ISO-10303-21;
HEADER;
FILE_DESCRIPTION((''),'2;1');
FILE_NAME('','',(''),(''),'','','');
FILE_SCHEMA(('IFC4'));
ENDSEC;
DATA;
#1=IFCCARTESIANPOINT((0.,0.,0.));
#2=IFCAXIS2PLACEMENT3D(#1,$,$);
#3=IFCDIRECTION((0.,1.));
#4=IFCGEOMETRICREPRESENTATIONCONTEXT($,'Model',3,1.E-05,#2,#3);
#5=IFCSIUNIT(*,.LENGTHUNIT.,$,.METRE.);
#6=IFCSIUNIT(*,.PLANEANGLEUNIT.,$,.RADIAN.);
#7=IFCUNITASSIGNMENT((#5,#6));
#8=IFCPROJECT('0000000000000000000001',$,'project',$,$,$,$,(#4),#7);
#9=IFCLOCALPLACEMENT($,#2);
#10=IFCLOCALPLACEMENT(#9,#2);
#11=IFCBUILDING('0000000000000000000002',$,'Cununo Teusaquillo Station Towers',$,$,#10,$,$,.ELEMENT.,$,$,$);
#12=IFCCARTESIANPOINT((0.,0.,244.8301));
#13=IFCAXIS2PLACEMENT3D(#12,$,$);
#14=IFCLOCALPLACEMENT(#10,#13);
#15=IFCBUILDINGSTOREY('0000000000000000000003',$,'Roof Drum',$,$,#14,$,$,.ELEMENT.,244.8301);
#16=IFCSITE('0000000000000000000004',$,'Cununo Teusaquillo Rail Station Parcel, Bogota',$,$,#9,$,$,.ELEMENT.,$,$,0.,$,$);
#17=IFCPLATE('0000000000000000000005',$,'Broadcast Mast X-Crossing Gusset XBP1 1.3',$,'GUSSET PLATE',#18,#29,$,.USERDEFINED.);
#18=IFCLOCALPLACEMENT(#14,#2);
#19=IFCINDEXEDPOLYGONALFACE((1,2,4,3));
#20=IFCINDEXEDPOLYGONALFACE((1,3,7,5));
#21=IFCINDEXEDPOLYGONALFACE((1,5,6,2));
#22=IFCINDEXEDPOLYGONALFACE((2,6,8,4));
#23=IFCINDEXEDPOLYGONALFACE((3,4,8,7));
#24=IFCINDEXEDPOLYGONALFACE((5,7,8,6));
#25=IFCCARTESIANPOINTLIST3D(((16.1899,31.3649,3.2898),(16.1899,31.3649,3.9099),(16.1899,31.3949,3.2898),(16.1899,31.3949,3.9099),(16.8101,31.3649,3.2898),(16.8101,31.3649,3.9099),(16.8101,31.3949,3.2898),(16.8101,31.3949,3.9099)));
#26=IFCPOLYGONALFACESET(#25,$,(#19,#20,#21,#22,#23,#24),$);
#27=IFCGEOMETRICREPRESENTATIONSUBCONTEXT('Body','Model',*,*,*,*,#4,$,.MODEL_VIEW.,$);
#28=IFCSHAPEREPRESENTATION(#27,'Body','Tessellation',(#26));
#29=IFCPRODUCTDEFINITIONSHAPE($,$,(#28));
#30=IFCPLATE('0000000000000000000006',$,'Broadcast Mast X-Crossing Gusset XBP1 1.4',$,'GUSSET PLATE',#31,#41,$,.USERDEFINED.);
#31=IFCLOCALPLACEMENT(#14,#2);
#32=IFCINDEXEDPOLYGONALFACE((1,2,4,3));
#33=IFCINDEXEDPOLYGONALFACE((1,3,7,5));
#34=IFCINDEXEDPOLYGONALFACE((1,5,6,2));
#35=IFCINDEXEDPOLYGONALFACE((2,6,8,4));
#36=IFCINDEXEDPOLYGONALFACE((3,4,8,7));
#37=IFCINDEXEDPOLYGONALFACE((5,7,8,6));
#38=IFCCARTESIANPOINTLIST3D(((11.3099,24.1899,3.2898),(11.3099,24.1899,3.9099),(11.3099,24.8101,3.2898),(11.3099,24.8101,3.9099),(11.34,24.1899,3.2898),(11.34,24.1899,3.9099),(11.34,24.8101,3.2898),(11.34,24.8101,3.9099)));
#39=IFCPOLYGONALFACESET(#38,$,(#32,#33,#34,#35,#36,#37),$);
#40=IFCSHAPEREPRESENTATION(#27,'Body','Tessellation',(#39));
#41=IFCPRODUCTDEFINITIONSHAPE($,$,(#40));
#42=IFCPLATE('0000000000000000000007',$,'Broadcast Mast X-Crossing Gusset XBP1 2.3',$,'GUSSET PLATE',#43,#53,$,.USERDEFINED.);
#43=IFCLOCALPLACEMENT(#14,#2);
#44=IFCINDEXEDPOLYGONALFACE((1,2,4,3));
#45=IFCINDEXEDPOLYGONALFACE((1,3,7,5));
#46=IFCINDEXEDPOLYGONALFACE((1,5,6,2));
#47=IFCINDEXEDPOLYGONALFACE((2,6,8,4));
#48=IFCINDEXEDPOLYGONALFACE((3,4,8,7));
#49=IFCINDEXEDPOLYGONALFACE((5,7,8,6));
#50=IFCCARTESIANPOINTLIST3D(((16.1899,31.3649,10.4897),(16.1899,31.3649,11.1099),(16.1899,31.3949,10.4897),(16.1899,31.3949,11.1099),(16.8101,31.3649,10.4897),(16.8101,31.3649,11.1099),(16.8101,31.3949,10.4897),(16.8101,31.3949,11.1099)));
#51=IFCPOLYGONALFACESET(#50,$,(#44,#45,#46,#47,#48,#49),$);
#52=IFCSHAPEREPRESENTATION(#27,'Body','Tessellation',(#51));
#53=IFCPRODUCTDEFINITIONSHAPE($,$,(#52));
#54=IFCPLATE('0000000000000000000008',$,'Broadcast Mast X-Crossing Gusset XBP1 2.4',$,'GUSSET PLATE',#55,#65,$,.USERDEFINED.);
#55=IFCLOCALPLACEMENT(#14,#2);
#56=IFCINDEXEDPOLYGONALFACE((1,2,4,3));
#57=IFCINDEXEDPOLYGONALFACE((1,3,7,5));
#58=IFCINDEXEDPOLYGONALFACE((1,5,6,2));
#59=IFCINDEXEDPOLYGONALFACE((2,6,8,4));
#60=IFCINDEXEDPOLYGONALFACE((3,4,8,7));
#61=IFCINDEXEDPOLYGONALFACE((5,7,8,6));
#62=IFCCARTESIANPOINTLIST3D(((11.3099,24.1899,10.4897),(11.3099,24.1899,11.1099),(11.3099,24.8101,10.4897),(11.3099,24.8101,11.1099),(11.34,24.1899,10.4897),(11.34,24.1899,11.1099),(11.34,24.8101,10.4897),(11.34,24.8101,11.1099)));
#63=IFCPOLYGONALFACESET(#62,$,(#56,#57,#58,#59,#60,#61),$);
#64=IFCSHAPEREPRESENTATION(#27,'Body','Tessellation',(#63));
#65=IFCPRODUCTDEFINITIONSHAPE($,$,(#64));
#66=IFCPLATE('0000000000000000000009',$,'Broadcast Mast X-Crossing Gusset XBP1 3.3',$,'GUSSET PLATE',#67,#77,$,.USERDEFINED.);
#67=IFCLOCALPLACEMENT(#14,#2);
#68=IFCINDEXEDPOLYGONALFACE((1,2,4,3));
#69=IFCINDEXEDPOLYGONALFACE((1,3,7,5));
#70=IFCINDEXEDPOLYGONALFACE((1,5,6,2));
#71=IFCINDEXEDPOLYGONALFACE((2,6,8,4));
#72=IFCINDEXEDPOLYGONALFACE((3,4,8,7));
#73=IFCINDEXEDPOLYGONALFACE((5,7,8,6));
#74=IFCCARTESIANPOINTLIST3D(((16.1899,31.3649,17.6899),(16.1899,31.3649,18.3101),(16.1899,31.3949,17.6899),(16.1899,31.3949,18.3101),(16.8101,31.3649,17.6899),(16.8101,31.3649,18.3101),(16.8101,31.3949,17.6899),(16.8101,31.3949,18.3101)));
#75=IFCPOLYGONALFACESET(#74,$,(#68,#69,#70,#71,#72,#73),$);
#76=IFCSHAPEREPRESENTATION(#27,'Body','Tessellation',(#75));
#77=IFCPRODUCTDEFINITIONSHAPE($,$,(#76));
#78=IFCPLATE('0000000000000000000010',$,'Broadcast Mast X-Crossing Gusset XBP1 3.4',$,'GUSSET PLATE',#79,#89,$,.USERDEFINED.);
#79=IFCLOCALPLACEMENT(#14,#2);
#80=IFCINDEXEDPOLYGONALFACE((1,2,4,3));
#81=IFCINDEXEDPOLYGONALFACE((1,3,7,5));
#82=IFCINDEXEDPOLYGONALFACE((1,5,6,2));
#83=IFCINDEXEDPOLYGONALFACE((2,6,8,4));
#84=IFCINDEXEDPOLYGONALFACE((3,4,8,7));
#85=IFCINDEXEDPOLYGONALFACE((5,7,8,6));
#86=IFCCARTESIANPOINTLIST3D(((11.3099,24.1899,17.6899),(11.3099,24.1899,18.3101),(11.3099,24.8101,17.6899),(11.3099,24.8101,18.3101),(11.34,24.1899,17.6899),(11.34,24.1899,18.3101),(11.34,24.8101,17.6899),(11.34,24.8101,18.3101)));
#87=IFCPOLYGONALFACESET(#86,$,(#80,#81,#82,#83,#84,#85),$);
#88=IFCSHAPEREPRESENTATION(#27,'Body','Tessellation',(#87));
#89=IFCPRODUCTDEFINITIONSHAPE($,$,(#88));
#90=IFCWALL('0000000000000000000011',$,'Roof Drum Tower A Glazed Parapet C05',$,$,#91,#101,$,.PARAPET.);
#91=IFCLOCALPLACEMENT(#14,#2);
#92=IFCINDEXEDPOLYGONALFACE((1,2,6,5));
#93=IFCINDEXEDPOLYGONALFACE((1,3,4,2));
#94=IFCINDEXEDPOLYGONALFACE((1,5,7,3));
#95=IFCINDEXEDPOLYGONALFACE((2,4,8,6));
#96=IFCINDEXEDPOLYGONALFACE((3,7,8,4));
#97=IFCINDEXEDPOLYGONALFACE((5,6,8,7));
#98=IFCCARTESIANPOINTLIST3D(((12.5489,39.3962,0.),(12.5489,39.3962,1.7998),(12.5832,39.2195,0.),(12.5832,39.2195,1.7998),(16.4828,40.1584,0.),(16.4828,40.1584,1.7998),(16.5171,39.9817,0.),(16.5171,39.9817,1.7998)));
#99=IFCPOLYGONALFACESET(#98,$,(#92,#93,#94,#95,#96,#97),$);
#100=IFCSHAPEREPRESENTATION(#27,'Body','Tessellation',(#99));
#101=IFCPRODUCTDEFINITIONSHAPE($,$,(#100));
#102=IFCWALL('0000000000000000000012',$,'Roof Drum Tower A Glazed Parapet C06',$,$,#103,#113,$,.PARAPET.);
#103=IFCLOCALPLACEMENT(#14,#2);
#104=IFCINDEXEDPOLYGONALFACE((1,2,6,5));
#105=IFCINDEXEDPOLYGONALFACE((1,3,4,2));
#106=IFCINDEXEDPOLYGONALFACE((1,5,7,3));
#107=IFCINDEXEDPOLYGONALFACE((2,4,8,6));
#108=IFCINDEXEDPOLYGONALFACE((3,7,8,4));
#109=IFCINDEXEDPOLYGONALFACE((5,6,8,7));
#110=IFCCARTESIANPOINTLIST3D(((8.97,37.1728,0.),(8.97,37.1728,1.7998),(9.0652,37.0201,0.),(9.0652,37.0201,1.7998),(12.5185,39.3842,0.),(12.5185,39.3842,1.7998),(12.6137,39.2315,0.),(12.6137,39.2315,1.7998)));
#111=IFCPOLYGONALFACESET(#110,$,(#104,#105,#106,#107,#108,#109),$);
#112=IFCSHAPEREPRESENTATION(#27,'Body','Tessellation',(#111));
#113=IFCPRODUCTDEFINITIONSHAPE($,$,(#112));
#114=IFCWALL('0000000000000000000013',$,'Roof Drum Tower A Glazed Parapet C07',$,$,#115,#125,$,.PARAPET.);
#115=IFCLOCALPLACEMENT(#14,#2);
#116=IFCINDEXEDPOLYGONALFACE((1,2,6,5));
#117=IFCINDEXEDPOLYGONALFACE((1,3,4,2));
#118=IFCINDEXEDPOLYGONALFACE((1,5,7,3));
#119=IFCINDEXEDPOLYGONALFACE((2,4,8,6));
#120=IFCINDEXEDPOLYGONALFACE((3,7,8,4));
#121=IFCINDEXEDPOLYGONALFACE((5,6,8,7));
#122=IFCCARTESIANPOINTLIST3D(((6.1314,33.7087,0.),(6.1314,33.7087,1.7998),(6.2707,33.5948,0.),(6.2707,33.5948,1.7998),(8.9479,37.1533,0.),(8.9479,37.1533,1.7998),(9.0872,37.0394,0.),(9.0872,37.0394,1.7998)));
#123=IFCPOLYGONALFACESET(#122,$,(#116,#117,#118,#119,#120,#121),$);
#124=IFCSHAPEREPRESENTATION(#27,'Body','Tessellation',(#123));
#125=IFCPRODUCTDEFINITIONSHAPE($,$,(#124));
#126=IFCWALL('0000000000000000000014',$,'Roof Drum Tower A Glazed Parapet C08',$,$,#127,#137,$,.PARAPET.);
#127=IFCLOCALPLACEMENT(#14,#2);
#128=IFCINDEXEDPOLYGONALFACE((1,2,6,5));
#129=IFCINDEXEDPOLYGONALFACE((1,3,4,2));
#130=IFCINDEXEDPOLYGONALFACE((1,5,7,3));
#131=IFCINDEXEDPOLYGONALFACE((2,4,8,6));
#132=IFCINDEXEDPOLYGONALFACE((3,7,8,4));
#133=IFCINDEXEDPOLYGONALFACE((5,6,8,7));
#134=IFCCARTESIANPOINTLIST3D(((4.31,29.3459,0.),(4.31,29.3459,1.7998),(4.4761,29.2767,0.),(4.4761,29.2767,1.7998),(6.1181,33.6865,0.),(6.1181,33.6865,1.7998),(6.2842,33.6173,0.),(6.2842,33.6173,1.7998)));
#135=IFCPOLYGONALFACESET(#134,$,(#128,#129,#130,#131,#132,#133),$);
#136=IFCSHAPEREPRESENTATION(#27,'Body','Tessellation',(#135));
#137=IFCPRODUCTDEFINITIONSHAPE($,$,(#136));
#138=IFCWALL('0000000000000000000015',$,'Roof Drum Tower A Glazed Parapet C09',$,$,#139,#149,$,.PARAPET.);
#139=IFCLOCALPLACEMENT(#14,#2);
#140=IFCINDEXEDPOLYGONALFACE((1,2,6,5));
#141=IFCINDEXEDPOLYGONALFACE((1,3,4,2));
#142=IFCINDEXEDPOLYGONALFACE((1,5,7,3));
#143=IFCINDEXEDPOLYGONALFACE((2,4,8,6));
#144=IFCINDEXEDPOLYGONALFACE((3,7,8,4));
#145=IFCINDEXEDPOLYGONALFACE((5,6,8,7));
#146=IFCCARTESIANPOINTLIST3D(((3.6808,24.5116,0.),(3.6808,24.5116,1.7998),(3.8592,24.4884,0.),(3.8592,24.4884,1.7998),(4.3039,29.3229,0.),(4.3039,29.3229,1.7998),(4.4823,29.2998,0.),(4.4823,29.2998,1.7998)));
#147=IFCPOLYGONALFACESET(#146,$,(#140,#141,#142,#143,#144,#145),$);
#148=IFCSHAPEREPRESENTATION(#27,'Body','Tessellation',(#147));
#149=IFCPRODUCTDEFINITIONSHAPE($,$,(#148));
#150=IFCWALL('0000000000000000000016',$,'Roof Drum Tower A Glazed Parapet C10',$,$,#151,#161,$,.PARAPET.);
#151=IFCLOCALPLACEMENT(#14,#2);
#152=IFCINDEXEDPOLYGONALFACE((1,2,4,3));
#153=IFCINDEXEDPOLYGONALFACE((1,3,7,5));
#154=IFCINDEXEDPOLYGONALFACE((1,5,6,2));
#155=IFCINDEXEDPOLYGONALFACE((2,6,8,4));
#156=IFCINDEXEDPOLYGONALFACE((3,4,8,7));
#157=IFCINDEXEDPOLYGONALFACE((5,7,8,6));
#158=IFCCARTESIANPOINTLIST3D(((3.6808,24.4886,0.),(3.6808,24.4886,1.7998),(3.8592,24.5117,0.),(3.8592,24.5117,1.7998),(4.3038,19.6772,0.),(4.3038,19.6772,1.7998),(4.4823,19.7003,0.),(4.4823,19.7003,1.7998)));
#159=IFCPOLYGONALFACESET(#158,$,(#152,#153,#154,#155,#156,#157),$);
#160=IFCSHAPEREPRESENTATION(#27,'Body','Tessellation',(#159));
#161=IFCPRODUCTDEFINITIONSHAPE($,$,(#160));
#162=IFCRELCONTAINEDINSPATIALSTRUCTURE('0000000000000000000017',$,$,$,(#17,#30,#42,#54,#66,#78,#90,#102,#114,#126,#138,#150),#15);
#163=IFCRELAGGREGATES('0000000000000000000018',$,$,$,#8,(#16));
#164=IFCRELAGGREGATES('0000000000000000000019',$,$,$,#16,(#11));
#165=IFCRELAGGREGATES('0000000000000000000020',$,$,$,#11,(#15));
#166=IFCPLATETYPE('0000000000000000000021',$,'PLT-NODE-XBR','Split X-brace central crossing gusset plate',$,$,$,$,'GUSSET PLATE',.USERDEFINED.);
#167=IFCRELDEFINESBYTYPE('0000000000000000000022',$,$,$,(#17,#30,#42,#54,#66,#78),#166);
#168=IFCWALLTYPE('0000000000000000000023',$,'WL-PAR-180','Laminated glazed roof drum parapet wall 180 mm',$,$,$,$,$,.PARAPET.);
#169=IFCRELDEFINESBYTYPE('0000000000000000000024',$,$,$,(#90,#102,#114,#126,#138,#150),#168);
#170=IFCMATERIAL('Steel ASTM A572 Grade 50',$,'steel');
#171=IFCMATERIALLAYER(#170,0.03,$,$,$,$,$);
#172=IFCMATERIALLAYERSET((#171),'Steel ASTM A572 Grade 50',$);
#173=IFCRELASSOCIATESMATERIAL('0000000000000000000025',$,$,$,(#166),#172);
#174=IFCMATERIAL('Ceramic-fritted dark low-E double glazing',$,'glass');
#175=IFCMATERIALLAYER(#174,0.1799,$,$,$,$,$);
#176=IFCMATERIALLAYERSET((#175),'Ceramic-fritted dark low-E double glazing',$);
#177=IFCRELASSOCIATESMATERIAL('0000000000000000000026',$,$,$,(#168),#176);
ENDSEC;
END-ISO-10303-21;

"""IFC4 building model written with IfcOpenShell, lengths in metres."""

from ifc_helpers import new_model, si_unit, direction, frame, frame_2d, origin, origin_2d, place, context, subcontext, project, spatial, rectangle, extrude, source, transform, mapped, material, layer, layer_set, type_object, element, save


model = new_model("IFC4")

# Units and contexts
model_context = context("Model", 3, precision=1e-05, world=origin(), true_north=direction((0.0, 1.0)))
body_context = subcontext(model_context, "Body", "Model", "MODEL_VIEW")
ifc_project = project(units=[si_unit("LENGTHUNIT", "METRE"), si_unit("PLANEANGLEUNIT", "RADIAN")], contexts=[model_context])

# Site, building, storey
site_placement = place(None, origin())
site = spatial("IfcSite", under=ifc_project, at=site_placement, Name="Cununo Teusaquillo Rail Station Parcel, Bogota", CompositionType="ELEMENT", RefElevation=0.0)
building_placement = place(site_placement, origin())
building = spatial("IfcBuilding", under=site, at=building_placement, Name="Cununo Teusaquillo Station Towers", CompositionType="ELEMENT")
storey_placement = place(building_placement, frame((0.0, 0.0, 244.8301)))
storey = spatial("IfcBuildingStorey", under=building, at=storey_placement, Name="Roof Drum", CompositionType="ELEMENT", Elevation=244.8301)

# Plates
ifc_material_1 = material(Name="Steel ASTM A572 Grade 50", Category="steel")
ifc_layer_1 = layer(ifc_material_1, 0.03)
ifc_layer_set_1 = layer_set([ifc_layer_1], Name="Steel ASTM A572 Grade 50")
plate_type_1 = type_object("IfcPlateType", Name="PLT-NODE-XBR", Description="Split X-brace central crossing gusset plate", ElementType="GUSSET PLATE", PredefinedType="USERDEFINED", material=ifc_layer_set_1)
shared_shape_1 = source(origin(), body_context, "Body", "SweptSolid", [
    extrude(rectangle(XDim=0.6201, YDim=0.03, at=origin_2d()), origin(), (0.0, 0.0, 1.0), 0.6201),
])
for number, where, z_axis, x_axis, name in (
    (1, (16.5, 31.3799, 3.2898), (0.0, 0.0, 1.0), (-1.0, 0.0, 0.0), "Broadcast Mast X-Crossing Gusset XBP1 1.3"),
    (2, (11.325, 24.5, 3.2898), (0.0, 0.0, 1.0), (0.0, -1.0, 0.0), "Broadcast Mast X-Crossing Gusset XBP1 1.4"),
    (3, (16.5, 31.3799, 10.4897), (0.0, 0.0, 1.0), (-1.0, 0.0, 0.0), "Broadcast Mast X-Crossing Gusset XBP1 2.3"),
    (4, (11.325, 24.5, 10.4897), (0.0, 0.0, 1.0), (0.0, -1.0, 0.0), "Broadcast Mast X-Crossing Gusset XBP1 2.4"),
    (5, (16.5, 31.3799, 17.6899), (0.0, 0.0, 1.0), (-1.0, 0.0, 0.0), "Broadcast Mast X-Crossing Gusset XBP1 3.3"),
    (6, (11.325, 24.5, 17.6899), (0.0, 0.0, 1.0), (0.0, -1.0, 0.0), "Broadcast Mast X-Crossing Gusset XBP1 3.4"),
):
    element("IfcPlate", number, at=place(storey_placement, frame(where, z_axis=z_axis, x_axis=x_axis)), inside=storey, type_object=plate_type_1, Name=name, ObjectType="GUSSET PLATE", PredefinedType="USERDEFINED", context=body_context, shape_type="MappedRepresentation", body=[
        mapped(shared_shape_1, transform((0.0, 0.0, 0.0), x_axis=(1.0, 0.0, 0.0), y_axis=(0.0, 1.0, 0.0), z_axis=(0.0, 0.0, 1.0), scale=1.0)),
    ])

# Walls
ifc_material_2 = material(Name="Ceramic-fritted dark low-E double glazing", Category="glass")
ifc_layer_2 = layer(ifc_material_2, 0.1799)
ifc_layer_set_2 = layer_set([ifc_layer_2], Name="Ceramic-fritted dark low-E double glazing")
wall_type = type_object("IfcWallType", Name="WL-PAR-180", Description="Laminated glazed roof drum parapet wall 180 mm", PredefinedType="PARAPET", material=ifc_layer_set_2)
wall_1_placement = place(storey_placement, frame((12.5662, 39.3079, 0.0), z_axis=(0.0, 0.0, 1.0), x_axis=(0.981742, 0.190219, 0.0)))
element("IfcWall", 7, at=wall_1_placement, inside=storey, type_object=wall_type, Name="Roof Drum Tower A Glazed Parapet C05", PredefinedType="PARAPET", context=body_context, shape_type="SweptSolid", body=[
    extrude(rectangle(XDim=4.0071, YDim=0.1799, at=frame_2d((2.0034, 0.0))), origin(), (0.0, 0.0, 1.0), 1.7998),
])
wall_2_placement = place(storey_placement, frame((9.0176, 37.0964, 0.0), z_axis=(0.0, 0.0, 1.0), x_axis=(0.84869, 0.528891, 0.0)))
element("IfcWall", 8, at=wall_2_placement, inside=storey, type_object=wall_type, Name="Roof Drum Tower A Glazed Parapet C06", PredefinedType="PARAPET", context=body_context, shape_type="SweptSolid", body=[
    extrude(rectangle(XDim=4.1812, YDim=0.1799, at=frame_2d((2.0906, 0.0))), origin(), (0.0, 0.0, 1.0), 1.7998),
])
wall_3_placement = place(storey_placement, frame((6.2012, 33.6519, 0.0), z_axis=(0.0, 0.0, 1.0), x_axis=(0.632984, 0.774165, 0.0)))
element("IfcWall", 9, at=wall_3_placement, inside=storey, type_object=wall_type, Name="Roof Drum Tower A Glazed Parapet C07", PredefinedType="PARAPET", context=body_context, shape_type="SweptSolid", body=[
    extrude(rectangle(XDim=4.4495, YDim=0.1799, at=frame_2d((2.2246, 0.0))), origin(), (0.0, 0.0, 1.0), 1.7998),
])
wall_4_placement = place(storey_placement, frame((4.3931, 29.3113, 0.0), z_axis=(0.0, 0.0, 1.0), x_axis=(0.384531, 0.923112, 0.0)))
element("IfcWall", 10, at=wall_4_placement, inside=storey, type_object=wall_type, Name="Roof Drum Tower A Glazed Parapet C08", PredefinedType="PARAPET", context=body_context, shape_type="SweptSolid", body=[
    extrude(rectangle(XDim=4.7021, YDim=0.1799, at=frame_2d((2.3511, 0.0))), origin(), (0.0, 0.0, 1.0), 1.7998),
])
for number, where, z_axis, x_axis, name in (
    (11, (3.77, 24.5, 0.0), (0.0, 0.0, 1.0), (0.128425, 0.991719, 0.0), "Roof Drum Tower A Glazed Parapet C09"),
    (12, (4.3931, 19.6887, 0.0), (0.0, 0.0, 1.0), (-0.128425, 0.991719, 0.0), "Roof Drum Tower A Glazed Parapet C10"),
):
    element("IfcWall", number, at=place(storey_placement, frame(where, z_axis=z_axis, x_axis=x_axis)), inside=storey, type_object=wall_type, Name=name, PredefinedType="PARAPET", context=body_context, shape_type="SweptSolid", body=[
        extrude(rectangle(XDim=4.8516, YDim=0.1799, at=frame_2d((2.4258, 0.0))), origin(), (0.0, 0.0, 1.0), 1.7998),
    ])

save(model, "model.ifc")
